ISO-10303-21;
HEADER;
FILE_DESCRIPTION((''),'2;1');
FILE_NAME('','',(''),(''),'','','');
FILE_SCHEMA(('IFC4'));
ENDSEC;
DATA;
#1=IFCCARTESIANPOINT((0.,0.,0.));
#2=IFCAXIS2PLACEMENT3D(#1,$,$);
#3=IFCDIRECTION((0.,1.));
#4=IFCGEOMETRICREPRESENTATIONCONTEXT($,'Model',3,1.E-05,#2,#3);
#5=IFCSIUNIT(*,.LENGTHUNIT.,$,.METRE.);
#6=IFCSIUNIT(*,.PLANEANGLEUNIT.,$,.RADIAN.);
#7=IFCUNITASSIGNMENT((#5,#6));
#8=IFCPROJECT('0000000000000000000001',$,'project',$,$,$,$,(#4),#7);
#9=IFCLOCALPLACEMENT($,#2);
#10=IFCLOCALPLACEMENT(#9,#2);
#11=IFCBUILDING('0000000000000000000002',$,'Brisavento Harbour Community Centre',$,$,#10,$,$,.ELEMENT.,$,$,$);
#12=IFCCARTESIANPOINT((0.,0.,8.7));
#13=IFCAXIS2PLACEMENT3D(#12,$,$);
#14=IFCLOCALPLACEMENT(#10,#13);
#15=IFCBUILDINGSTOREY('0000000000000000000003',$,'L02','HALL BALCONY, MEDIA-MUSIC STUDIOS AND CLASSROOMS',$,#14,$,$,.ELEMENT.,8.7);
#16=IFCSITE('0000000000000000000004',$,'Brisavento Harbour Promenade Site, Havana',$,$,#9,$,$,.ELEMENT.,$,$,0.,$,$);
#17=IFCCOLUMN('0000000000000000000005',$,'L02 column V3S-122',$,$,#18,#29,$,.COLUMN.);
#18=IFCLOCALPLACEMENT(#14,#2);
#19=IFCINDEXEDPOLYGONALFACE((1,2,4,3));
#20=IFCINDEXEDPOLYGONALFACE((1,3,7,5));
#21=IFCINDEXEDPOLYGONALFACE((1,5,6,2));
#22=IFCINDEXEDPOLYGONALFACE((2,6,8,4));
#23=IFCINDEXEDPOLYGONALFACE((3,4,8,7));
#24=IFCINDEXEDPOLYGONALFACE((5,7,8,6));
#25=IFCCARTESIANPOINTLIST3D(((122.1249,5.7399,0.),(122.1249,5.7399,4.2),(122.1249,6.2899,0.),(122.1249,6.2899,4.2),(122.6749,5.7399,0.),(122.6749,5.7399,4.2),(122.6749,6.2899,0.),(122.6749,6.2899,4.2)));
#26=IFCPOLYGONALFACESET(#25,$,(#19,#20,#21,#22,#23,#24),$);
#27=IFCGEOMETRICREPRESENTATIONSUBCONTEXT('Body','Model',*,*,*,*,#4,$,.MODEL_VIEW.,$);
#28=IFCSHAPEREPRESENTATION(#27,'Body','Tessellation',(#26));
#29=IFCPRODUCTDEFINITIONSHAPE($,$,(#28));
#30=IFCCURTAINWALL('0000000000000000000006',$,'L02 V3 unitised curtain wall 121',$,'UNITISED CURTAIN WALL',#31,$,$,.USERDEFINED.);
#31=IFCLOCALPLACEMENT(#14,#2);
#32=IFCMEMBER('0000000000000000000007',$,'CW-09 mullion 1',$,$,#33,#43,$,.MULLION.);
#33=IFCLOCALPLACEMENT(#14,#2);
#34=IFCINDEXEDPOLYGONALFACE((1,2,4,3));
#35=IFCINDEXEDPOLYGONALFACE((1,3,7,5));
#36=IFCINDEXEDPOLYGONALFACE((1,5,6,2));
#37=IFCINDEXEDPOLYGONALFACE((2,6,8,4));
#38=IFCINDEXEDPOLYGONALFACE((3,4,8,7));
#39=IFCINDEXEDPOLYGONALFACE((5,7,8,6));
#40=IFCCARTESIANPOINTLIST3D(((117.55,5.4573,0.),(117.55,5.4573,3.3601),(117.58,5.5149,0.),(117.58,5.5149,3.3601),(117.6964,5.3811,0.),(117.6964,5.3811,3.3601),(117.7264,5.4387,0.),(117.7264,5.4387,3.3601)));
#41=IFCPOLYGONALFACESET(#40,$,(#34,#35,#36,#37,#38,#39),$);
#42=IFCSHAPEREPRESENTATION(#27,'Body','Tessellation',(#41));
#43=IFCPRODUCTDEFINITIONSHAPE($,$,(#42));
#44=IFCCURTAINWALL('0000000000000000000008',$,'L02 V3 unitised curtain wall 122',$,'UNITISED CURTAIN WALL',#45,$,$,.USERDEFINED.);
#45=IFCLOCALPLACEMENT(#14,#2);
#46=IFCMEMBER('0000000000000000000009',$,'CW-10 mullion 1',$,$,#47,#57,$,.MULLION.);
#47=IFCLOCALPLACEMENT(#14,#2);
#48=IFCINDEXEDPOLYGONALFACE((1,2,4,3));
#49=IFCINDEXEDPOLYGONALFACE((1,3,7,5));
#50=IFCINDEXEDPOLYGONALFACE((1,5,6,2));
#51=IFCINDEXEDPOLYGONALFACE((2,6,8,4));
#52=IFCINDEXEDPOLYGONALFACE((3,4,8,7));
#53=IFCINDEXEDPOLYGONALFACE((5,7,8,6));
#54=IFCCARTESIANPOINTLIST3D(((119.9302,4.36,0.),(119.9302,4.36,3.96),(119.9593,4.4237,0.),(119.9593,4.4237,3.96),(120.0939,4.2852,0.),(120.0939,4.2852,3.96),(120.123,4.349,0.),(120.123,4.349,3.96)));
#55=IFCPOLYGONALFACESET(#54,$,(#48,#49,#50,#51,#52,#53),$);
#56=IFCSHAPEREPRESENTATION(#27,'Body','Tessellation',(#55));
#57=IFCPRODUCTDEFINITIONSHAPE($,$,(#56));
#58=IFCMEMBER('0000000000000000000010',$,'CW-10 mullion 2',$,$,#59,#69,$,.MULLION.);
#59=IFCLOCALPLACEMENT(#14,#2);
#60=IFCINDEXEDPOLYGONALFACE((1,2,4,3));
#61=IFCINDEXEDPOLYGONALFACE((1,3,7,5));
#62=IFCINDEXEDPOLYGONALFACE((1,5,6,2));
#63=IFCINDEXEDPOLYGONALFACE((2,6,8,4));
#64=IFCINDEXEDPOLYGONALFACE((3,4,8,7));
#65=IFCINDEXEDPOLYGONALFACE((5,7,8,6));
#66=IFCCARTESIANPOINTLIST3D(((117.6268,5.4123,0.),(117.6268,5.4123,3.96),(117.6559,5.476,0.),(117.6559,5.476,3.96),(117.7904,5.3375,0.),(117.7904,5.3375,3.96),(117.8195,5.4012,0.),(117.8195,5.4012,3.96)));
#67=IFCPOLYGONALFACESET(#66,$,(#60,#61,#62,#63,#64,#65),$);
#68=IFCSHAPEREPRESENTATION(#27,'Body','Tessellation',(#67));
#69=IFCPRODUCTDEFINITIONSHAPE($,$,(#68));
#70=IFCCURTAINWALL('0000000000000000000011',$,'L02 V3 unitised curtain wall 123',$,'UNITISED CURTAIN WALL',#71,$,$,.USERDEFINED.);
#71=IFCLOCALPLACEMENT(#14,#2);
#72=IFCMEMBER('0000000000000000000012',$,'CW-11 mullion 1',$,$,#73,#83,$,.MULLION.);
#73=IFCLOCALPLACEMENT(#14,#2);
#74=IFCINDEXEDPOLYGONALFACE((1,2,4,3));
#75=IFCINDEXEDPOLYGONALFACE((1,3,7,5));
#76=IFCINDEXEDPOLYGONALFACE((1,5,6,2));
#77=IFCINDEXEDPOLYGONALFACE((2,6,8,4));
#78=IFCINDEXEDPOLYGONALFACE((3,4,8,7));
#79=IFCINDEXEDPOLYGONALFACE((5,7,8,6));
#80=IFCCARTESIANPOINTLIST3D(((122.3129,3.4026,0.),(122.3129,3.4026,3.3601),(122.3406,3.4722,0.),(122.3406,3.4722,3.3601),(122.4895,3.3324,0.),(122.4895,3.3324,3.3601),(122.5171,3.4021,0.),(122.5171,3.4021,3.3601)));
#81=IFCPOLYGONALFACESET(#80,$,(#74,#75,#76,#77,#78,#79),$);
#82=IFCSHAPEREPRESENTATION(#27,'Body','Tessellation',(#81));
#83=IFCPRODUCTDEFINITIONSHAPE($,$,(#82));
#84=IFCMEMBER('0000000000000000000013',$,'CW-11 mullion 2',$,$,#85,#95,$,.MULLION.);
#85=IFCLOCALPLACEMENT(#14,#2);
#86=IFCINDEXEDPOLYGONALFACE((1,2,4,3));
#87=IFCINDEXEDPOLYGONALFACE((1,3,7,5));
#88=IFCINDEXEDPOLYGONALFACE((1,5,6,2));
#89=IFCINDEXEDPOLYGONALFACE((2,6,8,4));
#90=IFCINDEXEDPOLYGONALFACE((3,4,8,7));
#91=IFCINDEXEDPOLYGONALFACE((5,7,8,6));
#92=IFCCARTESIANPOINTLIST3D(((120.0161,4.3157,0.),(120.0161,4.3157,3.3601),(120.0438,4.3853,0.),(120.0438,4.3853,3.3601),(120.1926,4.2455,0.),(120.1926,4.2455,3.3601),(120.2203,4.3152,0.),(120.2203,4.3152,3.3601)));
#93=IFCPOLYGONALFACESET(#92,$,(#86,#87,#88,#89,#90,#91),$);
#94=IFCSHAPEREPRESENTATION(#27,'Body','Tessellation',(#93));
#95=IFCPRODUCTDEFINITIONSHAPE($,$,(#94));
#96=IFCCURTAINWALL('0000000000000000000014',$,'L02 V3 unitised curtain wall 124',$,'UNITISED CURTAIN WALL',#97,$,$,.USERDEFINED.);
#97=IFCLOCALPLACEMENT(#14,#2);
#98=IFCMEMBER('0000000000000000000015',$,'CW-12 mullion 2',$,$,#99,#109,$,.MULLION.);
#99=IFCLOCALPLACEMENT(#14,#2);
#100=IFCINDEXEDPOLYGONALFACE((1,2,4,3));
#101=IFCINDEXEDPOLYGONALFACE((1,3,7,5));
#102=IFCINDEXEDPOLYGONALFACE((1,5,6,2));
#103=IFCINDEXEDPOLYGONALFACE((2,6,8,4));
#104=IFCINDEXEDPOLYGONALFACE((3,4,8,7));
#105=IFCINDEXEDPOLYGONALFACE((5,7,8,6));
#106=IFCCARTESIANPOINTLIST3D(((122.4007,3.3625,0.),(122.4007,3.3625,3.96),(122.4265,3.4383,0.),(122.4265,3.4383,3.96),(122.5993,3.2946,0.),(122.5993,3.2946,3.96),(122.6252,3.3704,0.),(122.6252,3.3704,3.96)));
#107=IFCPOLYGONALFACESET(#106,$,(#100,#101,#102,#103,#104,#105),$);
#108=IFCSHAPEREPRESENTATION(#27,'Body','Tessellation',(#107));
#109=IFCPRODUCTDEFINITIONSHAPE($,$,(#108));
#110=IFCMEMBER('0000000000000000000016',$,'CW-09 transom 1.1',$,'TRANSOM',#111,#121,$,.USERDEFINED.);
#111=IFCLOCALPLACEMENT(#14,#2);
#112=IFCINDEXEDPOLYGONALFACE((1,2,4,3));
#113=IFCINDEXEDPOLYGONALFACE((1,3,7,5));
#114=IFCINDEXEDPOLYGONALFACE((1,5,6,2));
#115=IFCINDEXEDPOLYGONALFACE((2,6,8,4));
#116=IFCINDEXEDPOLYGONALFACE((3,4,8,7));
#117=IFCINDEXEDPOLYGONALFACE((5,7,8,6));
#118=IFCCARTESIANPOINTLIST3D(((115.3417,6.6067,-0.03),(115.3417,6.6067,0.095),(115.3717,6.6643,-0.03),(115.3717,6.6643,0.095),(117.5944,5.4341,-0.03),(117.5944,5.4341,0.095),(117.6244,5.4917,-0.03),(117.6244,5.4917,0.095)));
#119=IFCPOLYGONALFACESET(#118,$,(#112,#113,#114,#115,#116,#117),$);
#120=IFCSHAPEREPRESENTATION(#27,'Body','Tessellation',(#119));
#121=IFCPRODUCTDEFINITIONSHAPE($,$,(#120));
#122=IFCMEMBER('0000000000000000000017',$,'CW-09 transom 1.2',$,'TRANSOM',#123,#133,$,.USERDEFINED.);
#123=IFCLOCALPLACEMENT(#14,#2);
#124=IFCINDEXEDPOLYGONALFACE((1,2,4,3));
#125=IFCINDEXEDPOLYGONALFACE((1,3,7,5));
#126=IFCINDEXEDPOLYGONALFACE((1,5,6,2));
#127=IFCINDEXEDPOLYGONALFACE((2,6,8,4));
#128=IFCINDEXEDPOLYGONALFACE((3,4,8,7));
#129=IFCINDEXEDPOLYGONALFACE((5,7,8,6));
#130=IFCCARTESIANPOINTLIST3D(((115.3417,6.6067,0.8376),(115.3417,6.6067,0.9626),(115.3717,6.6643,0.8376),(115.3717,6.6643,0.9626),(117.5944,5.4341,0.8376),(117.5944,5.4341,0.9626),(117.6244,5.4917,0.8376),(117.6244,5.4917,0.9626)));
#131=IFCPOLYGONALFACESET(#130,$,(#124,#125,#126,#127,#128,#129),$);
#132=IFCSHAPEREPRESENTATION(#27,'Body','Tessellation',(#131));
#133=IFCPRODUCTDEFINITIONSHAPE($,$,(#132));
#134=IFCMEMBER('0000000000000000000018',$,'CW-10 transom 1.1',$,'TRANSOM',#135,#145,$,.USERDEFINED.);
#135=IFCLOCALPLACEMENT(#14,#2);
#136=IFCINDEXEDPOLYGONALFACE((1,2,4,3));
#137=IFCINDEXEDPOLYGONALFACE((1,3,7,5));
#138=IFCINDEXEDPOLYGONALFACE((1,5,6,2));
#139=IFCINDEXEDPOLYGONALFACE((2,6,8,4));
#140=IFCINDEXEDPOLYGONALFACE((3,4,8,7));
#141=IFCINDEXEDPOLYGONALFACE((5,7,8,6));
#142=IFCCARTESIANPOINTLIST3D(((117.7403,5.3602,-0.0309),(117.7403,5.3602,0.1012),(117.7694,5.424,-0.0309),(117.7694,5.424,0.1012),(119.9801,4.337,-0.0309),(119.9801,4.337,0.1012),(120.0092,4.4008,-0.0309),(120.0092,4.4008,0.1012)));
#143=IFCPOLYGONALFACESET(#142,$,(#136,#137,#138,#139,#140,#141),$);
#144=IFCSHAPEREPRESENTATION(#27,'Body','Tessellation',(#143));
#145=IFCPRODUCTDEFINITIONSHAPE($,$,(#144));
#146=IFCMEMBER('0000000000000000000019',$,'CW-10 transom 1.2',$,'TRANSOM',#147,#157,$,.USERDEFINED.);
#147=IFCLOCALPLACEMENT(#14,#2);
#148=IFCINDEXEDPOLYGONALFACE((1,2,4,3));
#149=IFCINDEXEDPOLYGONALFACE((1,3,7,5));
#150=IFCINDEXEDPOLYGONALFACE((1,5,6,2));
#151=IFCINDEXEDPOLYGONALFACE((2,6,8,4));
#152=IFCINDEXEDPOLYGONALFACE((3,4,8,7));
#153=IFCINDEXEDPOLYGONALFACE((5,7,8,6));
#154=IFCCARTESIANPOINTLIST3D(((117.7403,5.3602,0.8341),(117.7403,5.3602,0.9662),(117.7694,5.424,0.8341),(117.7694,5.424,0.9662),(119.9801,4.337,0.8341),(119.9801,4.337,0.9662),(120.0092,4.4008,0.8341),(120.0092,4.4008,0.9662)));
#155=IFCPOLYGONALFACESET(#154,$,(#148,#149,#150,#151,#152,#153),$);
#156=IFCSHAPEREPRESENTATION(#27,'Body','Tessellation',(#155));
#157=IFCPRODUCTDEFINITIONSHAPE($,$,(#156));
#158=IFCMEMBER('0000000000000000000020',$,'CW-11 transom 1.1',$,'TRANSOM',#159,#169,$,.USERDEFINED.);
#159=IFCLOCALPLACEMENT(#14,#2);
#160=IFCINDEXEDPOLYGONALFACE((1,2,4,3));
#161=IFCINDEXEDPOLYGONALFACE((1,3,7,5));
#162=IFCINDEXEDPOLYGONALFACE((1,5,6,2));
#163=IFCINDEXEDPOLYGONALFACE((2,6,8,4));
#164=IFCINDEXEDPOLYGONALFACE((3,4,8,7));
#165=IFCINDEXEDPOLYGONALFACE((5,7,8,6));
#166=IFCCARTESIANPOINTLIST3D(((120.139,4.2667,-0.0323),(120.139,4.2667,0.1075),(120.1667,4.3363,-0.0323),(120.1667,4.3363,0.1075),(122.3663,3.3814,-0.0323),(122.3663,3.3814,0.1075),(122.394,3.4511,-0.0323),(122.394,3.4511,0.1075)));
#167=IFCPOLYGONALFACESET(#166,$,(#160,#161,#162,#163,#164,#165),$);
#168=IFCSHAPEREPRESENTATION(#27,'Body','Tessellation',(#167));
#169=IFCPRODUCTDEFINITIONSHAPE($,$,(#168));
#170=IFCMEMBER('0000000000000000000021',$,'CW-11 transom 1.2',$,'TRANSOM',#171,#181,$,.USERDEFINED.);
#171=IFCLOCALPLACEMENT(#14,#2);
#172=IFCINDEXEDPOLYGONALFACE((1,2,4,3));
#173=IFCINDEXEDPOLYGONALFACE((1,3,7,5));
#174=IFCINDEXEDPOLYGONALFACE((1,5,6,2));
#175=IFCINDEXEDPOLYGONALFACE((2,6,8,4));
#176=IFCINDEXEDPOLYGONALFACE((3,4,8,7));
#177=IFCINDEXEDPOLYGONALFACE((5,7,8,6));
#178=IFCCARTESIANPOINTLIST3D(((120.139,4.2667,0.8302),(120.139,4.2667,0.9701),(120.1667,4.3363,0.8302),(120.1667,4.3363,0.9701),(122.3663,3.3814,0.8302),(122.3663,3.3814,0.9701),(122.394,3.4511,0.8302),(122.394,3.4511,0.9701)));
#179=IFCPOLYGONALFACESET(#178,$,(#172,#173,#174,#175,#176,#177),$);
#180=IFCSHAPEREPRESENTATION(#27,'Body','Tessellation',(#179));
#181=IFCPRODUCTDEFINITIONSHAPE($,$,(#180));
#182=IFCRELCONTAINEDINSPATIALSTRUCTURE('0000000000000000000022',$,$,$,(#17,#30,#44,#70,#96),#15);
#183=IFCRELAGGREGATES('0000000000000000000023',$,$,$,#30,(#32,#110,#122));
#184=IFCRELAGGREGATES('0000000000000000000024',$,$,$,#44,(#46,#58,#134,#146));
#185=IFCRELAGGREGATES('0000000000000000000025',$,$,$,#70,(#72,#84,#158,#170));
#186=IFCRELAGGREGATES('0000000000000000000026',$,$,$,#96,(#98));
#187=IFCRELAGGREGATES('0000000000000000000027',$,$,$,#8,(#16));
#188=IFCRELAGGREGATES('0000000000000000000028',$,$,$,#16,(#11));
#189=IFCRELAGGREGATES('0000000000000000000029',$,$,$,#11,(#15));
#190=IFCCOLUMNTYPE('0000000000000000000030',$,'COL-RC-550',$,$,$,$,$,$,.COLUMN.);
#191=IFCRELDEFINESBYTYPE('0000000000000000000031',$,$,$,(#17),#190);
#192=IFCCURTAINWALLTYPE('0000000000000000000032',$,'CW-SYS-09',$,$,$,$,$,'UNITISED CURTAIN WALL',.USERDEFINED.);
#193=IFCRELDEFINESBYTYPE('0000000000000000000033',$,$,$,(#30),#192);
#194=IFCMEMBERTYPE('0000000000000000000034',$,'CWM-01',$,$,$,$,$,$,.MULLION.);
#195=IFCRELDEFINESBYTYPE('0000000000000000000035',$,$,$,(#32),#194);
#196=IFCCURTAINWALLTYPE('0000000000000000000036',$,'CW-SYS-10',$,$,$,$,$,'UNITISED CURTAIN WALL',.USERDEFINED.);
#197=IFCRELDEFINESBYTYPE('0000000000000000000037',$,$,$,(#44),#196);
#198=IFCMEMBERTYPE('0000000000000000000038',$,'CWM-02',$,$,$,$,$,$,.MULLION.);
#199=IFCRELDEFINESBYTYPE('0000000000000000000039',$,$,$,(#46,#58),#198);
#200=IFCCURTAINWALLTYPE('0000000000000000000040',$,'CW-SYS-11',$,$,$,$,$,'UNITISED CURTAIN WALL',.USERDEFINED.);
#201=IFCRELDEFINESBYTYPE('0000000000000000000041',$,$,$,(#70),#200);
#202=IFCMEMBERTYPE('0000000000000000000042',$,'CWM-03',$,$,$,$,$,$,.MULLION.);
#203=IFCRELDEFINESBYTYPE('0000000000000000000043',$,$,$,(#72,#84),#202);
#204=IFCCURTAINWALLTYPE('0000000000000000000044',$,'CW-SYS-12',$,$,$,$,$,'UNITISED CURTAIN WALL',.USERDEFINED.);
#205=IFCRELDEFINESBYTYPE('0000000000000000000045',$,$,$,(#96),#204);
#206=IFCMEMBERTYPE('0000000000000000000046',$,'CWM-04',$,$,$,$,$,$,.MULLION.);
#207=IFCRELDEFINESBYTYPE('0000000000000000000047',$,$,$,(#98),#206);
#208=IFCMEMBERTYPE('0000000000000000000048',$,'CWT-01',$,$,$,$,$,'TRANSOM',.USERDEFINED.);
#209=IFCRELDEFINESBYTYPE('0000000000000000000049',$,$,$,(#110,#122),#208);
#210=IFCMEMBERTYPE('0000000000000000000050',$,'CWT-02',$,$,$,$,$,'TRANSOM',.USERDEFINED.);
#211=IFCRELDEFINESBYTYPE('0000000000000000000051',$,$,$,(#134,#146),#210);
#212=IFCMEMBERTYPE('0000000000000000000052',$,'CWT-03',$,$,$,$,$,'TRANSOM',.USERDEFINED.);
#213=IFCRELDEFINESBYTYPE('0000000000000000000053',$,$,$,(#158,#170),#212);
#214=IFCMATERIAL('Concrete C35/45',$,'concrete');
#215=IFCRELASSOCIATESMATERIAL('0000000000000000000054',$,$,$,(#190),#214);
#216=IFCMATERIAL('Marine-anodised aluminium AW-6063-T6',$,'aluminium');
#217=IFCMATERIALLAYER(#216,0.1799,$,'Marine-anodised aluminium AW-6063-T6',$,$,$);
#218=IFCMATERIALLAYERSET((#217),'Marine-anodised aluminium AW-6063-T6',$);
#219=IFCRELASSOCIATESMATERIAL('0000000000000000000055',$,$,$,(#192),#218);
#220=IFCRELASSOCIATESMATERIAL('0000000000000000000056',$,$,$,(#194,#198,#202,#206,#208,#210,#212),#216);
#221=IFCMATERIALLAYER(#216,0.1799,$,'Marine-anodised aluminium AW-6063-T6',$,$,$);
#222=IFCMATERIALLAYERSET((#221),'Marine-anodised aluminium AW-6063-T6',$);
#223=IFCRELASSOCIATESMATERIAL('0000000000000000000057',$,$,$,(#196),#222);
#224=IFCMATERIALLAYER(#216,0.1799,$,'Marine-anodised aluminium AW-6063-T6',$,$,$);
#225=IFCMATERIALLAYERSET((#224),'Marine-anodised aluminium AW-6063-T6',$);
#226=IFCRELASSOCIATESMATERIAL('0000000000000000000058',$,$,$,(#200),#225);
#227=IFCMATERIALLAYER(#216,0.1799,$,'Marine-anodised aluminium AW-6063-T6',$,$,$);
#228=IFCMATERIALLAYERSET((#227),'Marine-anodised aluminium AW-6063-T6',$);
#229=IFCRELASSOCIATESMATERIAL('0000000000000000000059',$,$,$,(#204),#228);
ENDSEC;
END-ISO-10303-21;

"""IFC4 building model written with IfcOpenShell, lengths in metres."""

from ifc_helpers import new_model, si_unit, direction, frame, origin, origin_2d, place, context, subcontext, project, spatial, rectangle, extrude, material, layer, layer_set, material_profile, profile_set, type_object, element, aggregate, save


model = new_model("IFC4")

# Units and contexts
model_context = context("Model", 3, precision=1e-05, world=origin(), true_north=direction((0.0, 1.0)))
body_context = subcontext(model_context, "Body", "Model", "MODEL_VIEW")
ifc_project = project(units=[si_unit("LENGTHUNIT", "METRE"), si_unit("PLANEANGLEUNIT", "RADIAN")], contexts=[model_context])

# Site, building, storey
site_placement = place(None, origin())
site = spatial("IfcSite", under=ifc_project, at=site_placement, Name="Brisavento Harbour Promenade Site, Havana", CompositionType="ELEMENT", RefElevation=0.0)
building_placement = place(site_placement, origin())
building = spatial("IfcBuilding", under=site, at=building_placement, Name="Brisavento Harbour Community Centre", CompositionType="ELEMENT")
storey_placement = place(building_placement, frame((0.0, 0.0, 8.7)))
storey = spatial("IfcBuildingStorey", under=building, at=storey_placement, Name="L02", Description="HALL BALCONY, MEDIA-MUSIC STUDIOS AND CLASSROOMS", CompositionType="ELEMENT", Elevation=8.7)

# Column
ifc_material_1 = material(Name="Concrete C35/45", Category="concrete")
ifc_material_profile_1 = material_profile(ifc_material_1, rectangle(XDim=0.55, YDim=0.55, at=origin_2d()), Name="Concrete C35/45")
ifc_profile_set_1 = profile_set([ifc_material_profile_1], Name="Concrete C35/45")
column_type = type_object("IfcColumnType", Name="COL-RC-550", PredefinedType="COLUMN", material=ifc_profile_set_1)
column_placement = place(storey_placement, frame((122.3999, 6.0149, 0.0), z_axis=(0.0, 0.0, 1.0), x_axis=(1.0, 0.0, 0.0)))
element("IfcColumn", 1, at=column_placement, inside=storey, type_object=column_type, Name="L02 column V3S-122", PredefinedType="COLUMN", context=body_context, shape_type="SweptSolid", body=[
    extrude(rectangle(XDim=0.55, YDim=0.55, at=origin_2d()), origin(), (0.0, 0.0, 1.0), 4.2),
])

# Curtain wall, member
ifc_material_2 = material(Name="Marine-anodised aluminium AW-6063-T6", Category="aluminium")
ifc_layer_1 = layer(ifc_material_2, 0.1799, Name="Marine-anodised aluminium AW-6063-T6")
ifc_layer_set_1 = layer_set([ifc_layer_1], Name="Marine-anodised aluminium AW-6063-T6")
curtain_wall_type_1 = type_object("IfcCurtainWallType", Name="CW-SYS-09", ElementType="UNITISED CURTAIN WALL", PredefinedType="USERDEFINED", material=ifc_layer_set_1)
curtain_wall_1_placement = place(storey_placement, origin())
curtain_wall_1 = element("IfcCurtainWall", 2, at=curtain_wall_1_placement, inside=storey, type_object=curtain_wall_type_1, Name="L02 V3 unitised curtain wall 121", ObjectType="UNITISED CURTAIN WALL", PredefinedType="USERDEFINED")
ifc_material_profile_2 = material_profile(ifc_material_2, rectangle(XDim=0.0649, YDim=0.165, at=origin_2d()), Name="Marine-anodised aluminium AW-6063-T6")
ifc_profile_set_2 = profile_set([ifc_material_profile_2], Name="Marine-anodised aluminium AW-6063-T6")
member_type_1 = type_object("IfcMemberType", Name="CWM-01", PredefinedType="MULLION", material=ifc_profile_set_2)
member_1_placement = place(storey_placement, frame((117.6382, 5.448, 0.0), z_axis=(0.0, 0.0, 1.0), x_axis=(-0.461718, -0.887027, 0.0)))
member_1 = element("IfcMember", 3, at=member_1_placement, type_object=member_type_1, Name="CW-09 mullion 1", PredefinedType="MULLION", context=body_context, shape_type="SweptSolid", body=[
    extrude(rectangle(XDim=0.0649, YDim=0.165, at=origin_2d()), origin(), (0.0, 0.0, 1.0), 3.3601),
])

# Curtain walls, members
ifc_layer_2 = layer(ifc_material_2, 0.1799, Name="Marine-anodised aluminium AW-6063-T6")
ifc_layer_set_2 = layer_set([ifc_layer_2], Name="Marine-anodised aluminium AW-6063-T6")
curtain_wall_type_2 = type_object("IfcCurtainWallType", Name="CW-SYS-10", ElementType="UNITISED CURTAIN WALL", PredefinedType="USERDEFINED", material=ifc_layer_set_2)
curtain_wall_2_placement = place(storey_placement, origin())
curtain_wall_2 = element("IfcCurtainWall", 4, at=curtain_wall_2_placement, inside=storey, type_object=curtain_wall_type_2, Name="L02 V3 unitised curtain wall 122", ObjectType="UNITISED CURTAIN WALL", PredefinedType="USERDEFINED")
ifc_material_profile_3 = material_profile(ifc_material_2, rectangle(XDim=0.0701, YDim=0.1799, at=origin_2d()), Name="Marine-anodised aluminium AW-6063-T6")
ifc_profile_set_3 = profile_set([ifc_material_profile_3], Name="Marine-anodised aluminium AW-6063-T6")
member_type_2 = type_object("IfcMemberType", Name="CWM-02", PredefinedType="MULLION", material=ifc_profile_set_3)
member_2_placement = place(storey_placement, frame((120.0266, 4.3545, 0.0), z_axis=(0.0, 0.0, 1.0), x_axis=(-0.41549, -0.909598, 0.0)))
member_2 = element("IfcMember", 5, at=member_2_placement, type_object=member_type_2, Name="CW-10 mullion 1", PredefinedType="MULLION", context=body_context, shape_type="SweptSolid", body=[
    extrude(rectangle(XDim=0.0701, YDim=0.1799, at=origin_2d()), origin(), (0.0, 0.0, 1.0), 3.96),
])
member_3_placement = place(storey_placement, frame((117.7231, 5.4067, 0.0), z_axis=(0.0, 0.0, 1.0), x_axis=(-0.41549, -0.909598, 0.0)))
member_3 = element("IfcMember", 6, at=member_3_placement, type_object=member_type_2, Name="CW-10 mullion 2", PredefinedType="MULLION", context=body_context, shape_type="SweptSolid", body=[
    extrude(rectangle(XDim=0.0701, YDim=0.1799, at=origin_2d()), origin(), (0.0, 0.0, 1.0), 3.96),
])
ifc_layer_3 = layer(ifc_material_2, 0.1799, Name="Marine-anodised aluminium AW-6063-T6")
ifc_layer_set_3 = layer_set([ifc_layer_3], Name="Marine-anodised aluminium AW-6063-T6")
curtain_wall_type_3 = type_object("IfcCurtainWallType", Name="CW-SYS-11", ElementType="UNITISED CURTAIN WALL", PredefinedType="USERDEFINED", material=ifc_layer_set_3)
curtain_wall_3_placement = place(storey_placement, origin())
curtain_wall_3 = element("IfcCurtainWall", 7, at=curtain_wall_3_placement, inside=storey, type_object=curtain_wall_type_3, Name="L02 V3 unitised curtain wall 123", ObjectType="UNITISED CURTAIN WALL", PredefinedType="USERDEFINED")
ifc_material_profile_4 = material_profile(ifc_material_2, rectangle(XDim=0.075, YDim=0.1899, at=origin_2d()), Name="Marine-anodised aluminium AW-6063-T6")
ifc_profile_set_4 = profile_set([ifc_material_profile_4], Name="Marine-anodised aluminium AW-6063-T6")
member_type_3 = type_object("IfcMemberType", Name="CWM-03", PredefinedType="MULLION", material=ifc_profile_set_4)
member_4_placement = place(storey_placement, frame((122.415, 3.4023, 0.0), z_axis=(0.0, 0.0, 1.0), x_axis=(-0.369379, -0.929279, 0.0)))
member_4 = element("IfcMember", 8, at=member_4_placement, type_object=member_type_3, Name="CW-11 mullion 1", PredefinedType="MULLION", context=body_context, shape_type="SweptSolid", body=[
    extrude(rectangle(XDim=0.075, YDim=0.1899, at=origin_2d()), origin(), (0.0, 0.0, 1.0), 3.3601),
])
member_5_placement = place(storey_placement, frame((120.1182, 4.3154, 0.0), z_axis=(0.0, 0.0, 1.0), x_axis=(-0.369379, -0.929279, 0.0)))
member_5 = element("IfcMember", 9, at=member_5_placement, type_object=member_type_3, Name="CW-11 mullion 2", PredefinedType="MULLION", context=body_context, shape_type="SweptSolid", body=[
    extrude(rectangle(XDim=0.075, YDim=0.1899, at=origin_2d()), origin(), (0.0, 0.0, 1.0), 3.3601),
])

# Curtain wall, member
ifc_layer_4 = layer(ifc_material_2, 0.1799, Name="Marine-anodised aluminium AW-6063-T6")
ifc_layer_set_4 = layer_set([ifc_layer_4], Name="Marine-anodised aluminium AW-6063-T6")
curtain_wall_type_4 = type_object("IfcCurtainWallType", Name="CW-SYS-12", ElementType="UNITISED CURTAIN WALL", PredefinedType="USERDEFINED", material=ifc_layer_set_4)
curtain_wall_4_placement = place(storey_placement, origin())
curtain_wall_4 = element("IfcCurtainWall", 10, at=curtain_wall_4_placement, inside=storey, type_object=curtain_wall_type_4, Name="L02 V3 unitised curtain wall 124", ObjectType="UNITISED CURTAIN WALL", PredefinedType="USERDEFINED")
ifc_material_profile_5 = material_profile(ifc_material_2, rectangle(XDim=0.0801, YDim=0.21, at=origin_2d()), Name="Marine-anodised aluminium AW-6063-T6")
ifc_profile_set_5 = profile_set([ifc_material_profile_5], Name="Marine-anodised aluminium AW-6063-T6")
member_type_4 = type_object("IfcMemberType", Name="CWM-04", PredefinedType="MULLION", material=ifc_profile_set_5)
member_6_placement = place(storey_placement, frame((122.5129, 3.3665, 0.0), z_axis=(0.0, 0.0, 1.0), x_axis=(-0.323179, -0.946338, 0.0)))
member_6 = element("IfcMember", 11, at=member_6_placement, type_object=member_type_4, Name="CW-12 mullion 2", PredefinedType="MULLION", context=body_context, shape_type="SweptSolid", body=[
    extrude(rectangle(XDim=0.0801, YDim=0.21, at=origin_2d()), origin(), (0.0, 0.0, 1.0), 3.96),
])

# Members
ifc_material_profile_6 = material_profile(ifc_material_2, rectangle(XDim=0.0649, YDim=0.125, at=origin_2d()), Name="Marine-anodised aluminium AW-6063-T6")
ifc_profile_set_6 = profile_set([ifc_material_profile_6], Name="Marine-anodised aluminium AW-6063-T6")
member_type_5 = type_object("IfcMemberType", Name="CWT-01", ElementType="TRANSOM", PredefinedType="USERDEFINED", material=ifc_profile_set_6)
member_7_placement = place(storey_placement, frame((117.6094, 5.4629, 0.0325), z_axis=(-0.887022, 0.461728, 0.0), x_axis=(-0.461728, -0.887022, 0.0)))
member_7 = element("IfcMember", 12, at=member_7_placement, type_object=member_type_5, Name="CW-09 transom 1.1", ObjectType="TRANSOM", PredefinedType="USERDEFINED", context=body_context, shape_type="SweptSolid", body=[
    extrude(rectangle(XDim=0.0649, YDim=0.125, at=origin_2d()), origin(), (0.0, 0.0, 1.0), 2.5396),
])
member_8_placement = place(storey_placement, frame((117.6094, 5.4629, 0.9001), z_axis=(-0.887022, 0.461728, 0.0), x_axis=(-0.461728, -0.887022, 0.0)))
member_8 = element("IfcMember", 13, at=member_8_placement, type_object=member_type_5, Name="CW-09 transom 1.2", ObjectType="TRANSOM", PredefinedType="USERDEFINED", context=body_context, shape_type="SweptSolid", body=[
    extrude(rectangle(XDim=0.0649, YDim=0.125, at=origin_2d()), origin(), (0.0, 0.0, 1.0), 2.5396),
])
aggregate(curtain_wall_1, [member_1, member_7, member_8])
ifc_material_profile_7 = material_profile(ifc_material_2, rectangle(XDim=0.0701, YDim=0.1321, at=origin_2d()), Name="Marine-anodised aluminium AW-6063-T6")
ifc_profile_set_7 = profile_set([ifc_material_profile_7], Name="Marine-anodised aluminium AW-6063-T6")
member_type_6 = type_object("IfcMemberType", Name="CWT-02", ElementType="TRANSOM", PredefinedType="USERDEFINED", material=ifc_profile_set_7)
member_9_placement = place(storey_placement, frame((119.9946, 4.3689, 0.0352), z_axis=(-0.90958, 0.415528, 0.0), x_axis=(-0.415528, -0.90958, 0.0)))
member_9 = element("IfcMember", 14, at=member_9_placement, type_object=member_type_6, Name="CW-10 transom 1.1", ObjectType="TRANSOM", PredefinedType="USERDEFINED", context=body_context, shape_type="SweptSolid", body=[
    extrude(rectangle(XDim=0.0701, YDim=0.1321, at=origin_2d()), origin(), (0.0, 0.0, 1.0), 2.4624),
])
member_10_placement = place(storey_placement, frame((119.9946, 4.3689, 0.9001), z_axis=(-0.90958, 0.415528, 0.0), x_axis=(-0.415528, -0.90958, 0.0)))
member_10 = element("IfcMember", 15, at=member_10_placement, type_object=member_type_6, Name="CW-10 transom 1.2", ObjectType="TRANSOM", PredefinedType="USERDEFINED", context=body_context, shape_type="SweptSolid", body=[
    extrude(rectangle(XDim=0.0701, YDim=0.1321, at=origin_2d()), origin(), (0.0, 0.0, 1.0), 2.4624),
])
ifc_material_profile_8 = material_profile(ifc_material_2, rectangle(XDim=0.075, YDim=0.1399, at=origin_2d()), Name="Marine-anodised aluminium AW-6063-T6")
ifc_profile_set_8 = profile_set([ifc_material_profile_8], Name="Marine-anodised aluminium AW-6063-T6")
member_type_7 = type_object("IfcMemberType", Name="CWT-03", ElementType="TRANSOM", PredefinedType="USERDEFINED", material=ifc_profile_set_8)
member_11_placement = place(storey_placement, frame((122.3801, 3.4163, 0.0376), z_axis=(-0.929289, 0.369353, 0.0), x_axis=(-0.369353, -0.929289, 0.0)))
member_11 = element("IfcMember", 16, at=member_11_placement, type_object=member_type_7, Name="CW-11 transom 1.1", ObjectType="TRANSOM", PredefinedType="USERDEFINED", context=body_context, shape_type="SweptSolid", body=[
    extrude(rectangle(XDim=0.075, YDim=0.1399, at=origin_2d()), origin(), (0.0, 0.0, 1.0), 2.3967),
])
member_12_placement = place(storey_placement, frame((122.3801, 3.4163, 0.9001), z_axis=(-0.929289, 0.369353, 0.0), x_axis=(-0.369353, -0.929289, 0.0)))
member_12 = element("IfcMember", 17, at=member_12_placement, type_object=member_type_7, Name="CW-11 transom 1.2", ObjectType="TRANSOM", PredefinedType="USERDEFINED", context=body_context, shape_type="SweptSolid", body=[
    extrude(rectangle(XDim=0.075, YDim=0.1399, at=origin_2d()), origin(), (0.0, 0.0, 1.0), 2.3967),
])

aggregate(curtain_wall_2, [member_2, member_3, member_9, member_10])
aggregate(curtain_wall_3, [member_4, member_5, member_11, member_12])
aggregate(curtain_wall_4, [member_6])

save(model, "model.ifc")
